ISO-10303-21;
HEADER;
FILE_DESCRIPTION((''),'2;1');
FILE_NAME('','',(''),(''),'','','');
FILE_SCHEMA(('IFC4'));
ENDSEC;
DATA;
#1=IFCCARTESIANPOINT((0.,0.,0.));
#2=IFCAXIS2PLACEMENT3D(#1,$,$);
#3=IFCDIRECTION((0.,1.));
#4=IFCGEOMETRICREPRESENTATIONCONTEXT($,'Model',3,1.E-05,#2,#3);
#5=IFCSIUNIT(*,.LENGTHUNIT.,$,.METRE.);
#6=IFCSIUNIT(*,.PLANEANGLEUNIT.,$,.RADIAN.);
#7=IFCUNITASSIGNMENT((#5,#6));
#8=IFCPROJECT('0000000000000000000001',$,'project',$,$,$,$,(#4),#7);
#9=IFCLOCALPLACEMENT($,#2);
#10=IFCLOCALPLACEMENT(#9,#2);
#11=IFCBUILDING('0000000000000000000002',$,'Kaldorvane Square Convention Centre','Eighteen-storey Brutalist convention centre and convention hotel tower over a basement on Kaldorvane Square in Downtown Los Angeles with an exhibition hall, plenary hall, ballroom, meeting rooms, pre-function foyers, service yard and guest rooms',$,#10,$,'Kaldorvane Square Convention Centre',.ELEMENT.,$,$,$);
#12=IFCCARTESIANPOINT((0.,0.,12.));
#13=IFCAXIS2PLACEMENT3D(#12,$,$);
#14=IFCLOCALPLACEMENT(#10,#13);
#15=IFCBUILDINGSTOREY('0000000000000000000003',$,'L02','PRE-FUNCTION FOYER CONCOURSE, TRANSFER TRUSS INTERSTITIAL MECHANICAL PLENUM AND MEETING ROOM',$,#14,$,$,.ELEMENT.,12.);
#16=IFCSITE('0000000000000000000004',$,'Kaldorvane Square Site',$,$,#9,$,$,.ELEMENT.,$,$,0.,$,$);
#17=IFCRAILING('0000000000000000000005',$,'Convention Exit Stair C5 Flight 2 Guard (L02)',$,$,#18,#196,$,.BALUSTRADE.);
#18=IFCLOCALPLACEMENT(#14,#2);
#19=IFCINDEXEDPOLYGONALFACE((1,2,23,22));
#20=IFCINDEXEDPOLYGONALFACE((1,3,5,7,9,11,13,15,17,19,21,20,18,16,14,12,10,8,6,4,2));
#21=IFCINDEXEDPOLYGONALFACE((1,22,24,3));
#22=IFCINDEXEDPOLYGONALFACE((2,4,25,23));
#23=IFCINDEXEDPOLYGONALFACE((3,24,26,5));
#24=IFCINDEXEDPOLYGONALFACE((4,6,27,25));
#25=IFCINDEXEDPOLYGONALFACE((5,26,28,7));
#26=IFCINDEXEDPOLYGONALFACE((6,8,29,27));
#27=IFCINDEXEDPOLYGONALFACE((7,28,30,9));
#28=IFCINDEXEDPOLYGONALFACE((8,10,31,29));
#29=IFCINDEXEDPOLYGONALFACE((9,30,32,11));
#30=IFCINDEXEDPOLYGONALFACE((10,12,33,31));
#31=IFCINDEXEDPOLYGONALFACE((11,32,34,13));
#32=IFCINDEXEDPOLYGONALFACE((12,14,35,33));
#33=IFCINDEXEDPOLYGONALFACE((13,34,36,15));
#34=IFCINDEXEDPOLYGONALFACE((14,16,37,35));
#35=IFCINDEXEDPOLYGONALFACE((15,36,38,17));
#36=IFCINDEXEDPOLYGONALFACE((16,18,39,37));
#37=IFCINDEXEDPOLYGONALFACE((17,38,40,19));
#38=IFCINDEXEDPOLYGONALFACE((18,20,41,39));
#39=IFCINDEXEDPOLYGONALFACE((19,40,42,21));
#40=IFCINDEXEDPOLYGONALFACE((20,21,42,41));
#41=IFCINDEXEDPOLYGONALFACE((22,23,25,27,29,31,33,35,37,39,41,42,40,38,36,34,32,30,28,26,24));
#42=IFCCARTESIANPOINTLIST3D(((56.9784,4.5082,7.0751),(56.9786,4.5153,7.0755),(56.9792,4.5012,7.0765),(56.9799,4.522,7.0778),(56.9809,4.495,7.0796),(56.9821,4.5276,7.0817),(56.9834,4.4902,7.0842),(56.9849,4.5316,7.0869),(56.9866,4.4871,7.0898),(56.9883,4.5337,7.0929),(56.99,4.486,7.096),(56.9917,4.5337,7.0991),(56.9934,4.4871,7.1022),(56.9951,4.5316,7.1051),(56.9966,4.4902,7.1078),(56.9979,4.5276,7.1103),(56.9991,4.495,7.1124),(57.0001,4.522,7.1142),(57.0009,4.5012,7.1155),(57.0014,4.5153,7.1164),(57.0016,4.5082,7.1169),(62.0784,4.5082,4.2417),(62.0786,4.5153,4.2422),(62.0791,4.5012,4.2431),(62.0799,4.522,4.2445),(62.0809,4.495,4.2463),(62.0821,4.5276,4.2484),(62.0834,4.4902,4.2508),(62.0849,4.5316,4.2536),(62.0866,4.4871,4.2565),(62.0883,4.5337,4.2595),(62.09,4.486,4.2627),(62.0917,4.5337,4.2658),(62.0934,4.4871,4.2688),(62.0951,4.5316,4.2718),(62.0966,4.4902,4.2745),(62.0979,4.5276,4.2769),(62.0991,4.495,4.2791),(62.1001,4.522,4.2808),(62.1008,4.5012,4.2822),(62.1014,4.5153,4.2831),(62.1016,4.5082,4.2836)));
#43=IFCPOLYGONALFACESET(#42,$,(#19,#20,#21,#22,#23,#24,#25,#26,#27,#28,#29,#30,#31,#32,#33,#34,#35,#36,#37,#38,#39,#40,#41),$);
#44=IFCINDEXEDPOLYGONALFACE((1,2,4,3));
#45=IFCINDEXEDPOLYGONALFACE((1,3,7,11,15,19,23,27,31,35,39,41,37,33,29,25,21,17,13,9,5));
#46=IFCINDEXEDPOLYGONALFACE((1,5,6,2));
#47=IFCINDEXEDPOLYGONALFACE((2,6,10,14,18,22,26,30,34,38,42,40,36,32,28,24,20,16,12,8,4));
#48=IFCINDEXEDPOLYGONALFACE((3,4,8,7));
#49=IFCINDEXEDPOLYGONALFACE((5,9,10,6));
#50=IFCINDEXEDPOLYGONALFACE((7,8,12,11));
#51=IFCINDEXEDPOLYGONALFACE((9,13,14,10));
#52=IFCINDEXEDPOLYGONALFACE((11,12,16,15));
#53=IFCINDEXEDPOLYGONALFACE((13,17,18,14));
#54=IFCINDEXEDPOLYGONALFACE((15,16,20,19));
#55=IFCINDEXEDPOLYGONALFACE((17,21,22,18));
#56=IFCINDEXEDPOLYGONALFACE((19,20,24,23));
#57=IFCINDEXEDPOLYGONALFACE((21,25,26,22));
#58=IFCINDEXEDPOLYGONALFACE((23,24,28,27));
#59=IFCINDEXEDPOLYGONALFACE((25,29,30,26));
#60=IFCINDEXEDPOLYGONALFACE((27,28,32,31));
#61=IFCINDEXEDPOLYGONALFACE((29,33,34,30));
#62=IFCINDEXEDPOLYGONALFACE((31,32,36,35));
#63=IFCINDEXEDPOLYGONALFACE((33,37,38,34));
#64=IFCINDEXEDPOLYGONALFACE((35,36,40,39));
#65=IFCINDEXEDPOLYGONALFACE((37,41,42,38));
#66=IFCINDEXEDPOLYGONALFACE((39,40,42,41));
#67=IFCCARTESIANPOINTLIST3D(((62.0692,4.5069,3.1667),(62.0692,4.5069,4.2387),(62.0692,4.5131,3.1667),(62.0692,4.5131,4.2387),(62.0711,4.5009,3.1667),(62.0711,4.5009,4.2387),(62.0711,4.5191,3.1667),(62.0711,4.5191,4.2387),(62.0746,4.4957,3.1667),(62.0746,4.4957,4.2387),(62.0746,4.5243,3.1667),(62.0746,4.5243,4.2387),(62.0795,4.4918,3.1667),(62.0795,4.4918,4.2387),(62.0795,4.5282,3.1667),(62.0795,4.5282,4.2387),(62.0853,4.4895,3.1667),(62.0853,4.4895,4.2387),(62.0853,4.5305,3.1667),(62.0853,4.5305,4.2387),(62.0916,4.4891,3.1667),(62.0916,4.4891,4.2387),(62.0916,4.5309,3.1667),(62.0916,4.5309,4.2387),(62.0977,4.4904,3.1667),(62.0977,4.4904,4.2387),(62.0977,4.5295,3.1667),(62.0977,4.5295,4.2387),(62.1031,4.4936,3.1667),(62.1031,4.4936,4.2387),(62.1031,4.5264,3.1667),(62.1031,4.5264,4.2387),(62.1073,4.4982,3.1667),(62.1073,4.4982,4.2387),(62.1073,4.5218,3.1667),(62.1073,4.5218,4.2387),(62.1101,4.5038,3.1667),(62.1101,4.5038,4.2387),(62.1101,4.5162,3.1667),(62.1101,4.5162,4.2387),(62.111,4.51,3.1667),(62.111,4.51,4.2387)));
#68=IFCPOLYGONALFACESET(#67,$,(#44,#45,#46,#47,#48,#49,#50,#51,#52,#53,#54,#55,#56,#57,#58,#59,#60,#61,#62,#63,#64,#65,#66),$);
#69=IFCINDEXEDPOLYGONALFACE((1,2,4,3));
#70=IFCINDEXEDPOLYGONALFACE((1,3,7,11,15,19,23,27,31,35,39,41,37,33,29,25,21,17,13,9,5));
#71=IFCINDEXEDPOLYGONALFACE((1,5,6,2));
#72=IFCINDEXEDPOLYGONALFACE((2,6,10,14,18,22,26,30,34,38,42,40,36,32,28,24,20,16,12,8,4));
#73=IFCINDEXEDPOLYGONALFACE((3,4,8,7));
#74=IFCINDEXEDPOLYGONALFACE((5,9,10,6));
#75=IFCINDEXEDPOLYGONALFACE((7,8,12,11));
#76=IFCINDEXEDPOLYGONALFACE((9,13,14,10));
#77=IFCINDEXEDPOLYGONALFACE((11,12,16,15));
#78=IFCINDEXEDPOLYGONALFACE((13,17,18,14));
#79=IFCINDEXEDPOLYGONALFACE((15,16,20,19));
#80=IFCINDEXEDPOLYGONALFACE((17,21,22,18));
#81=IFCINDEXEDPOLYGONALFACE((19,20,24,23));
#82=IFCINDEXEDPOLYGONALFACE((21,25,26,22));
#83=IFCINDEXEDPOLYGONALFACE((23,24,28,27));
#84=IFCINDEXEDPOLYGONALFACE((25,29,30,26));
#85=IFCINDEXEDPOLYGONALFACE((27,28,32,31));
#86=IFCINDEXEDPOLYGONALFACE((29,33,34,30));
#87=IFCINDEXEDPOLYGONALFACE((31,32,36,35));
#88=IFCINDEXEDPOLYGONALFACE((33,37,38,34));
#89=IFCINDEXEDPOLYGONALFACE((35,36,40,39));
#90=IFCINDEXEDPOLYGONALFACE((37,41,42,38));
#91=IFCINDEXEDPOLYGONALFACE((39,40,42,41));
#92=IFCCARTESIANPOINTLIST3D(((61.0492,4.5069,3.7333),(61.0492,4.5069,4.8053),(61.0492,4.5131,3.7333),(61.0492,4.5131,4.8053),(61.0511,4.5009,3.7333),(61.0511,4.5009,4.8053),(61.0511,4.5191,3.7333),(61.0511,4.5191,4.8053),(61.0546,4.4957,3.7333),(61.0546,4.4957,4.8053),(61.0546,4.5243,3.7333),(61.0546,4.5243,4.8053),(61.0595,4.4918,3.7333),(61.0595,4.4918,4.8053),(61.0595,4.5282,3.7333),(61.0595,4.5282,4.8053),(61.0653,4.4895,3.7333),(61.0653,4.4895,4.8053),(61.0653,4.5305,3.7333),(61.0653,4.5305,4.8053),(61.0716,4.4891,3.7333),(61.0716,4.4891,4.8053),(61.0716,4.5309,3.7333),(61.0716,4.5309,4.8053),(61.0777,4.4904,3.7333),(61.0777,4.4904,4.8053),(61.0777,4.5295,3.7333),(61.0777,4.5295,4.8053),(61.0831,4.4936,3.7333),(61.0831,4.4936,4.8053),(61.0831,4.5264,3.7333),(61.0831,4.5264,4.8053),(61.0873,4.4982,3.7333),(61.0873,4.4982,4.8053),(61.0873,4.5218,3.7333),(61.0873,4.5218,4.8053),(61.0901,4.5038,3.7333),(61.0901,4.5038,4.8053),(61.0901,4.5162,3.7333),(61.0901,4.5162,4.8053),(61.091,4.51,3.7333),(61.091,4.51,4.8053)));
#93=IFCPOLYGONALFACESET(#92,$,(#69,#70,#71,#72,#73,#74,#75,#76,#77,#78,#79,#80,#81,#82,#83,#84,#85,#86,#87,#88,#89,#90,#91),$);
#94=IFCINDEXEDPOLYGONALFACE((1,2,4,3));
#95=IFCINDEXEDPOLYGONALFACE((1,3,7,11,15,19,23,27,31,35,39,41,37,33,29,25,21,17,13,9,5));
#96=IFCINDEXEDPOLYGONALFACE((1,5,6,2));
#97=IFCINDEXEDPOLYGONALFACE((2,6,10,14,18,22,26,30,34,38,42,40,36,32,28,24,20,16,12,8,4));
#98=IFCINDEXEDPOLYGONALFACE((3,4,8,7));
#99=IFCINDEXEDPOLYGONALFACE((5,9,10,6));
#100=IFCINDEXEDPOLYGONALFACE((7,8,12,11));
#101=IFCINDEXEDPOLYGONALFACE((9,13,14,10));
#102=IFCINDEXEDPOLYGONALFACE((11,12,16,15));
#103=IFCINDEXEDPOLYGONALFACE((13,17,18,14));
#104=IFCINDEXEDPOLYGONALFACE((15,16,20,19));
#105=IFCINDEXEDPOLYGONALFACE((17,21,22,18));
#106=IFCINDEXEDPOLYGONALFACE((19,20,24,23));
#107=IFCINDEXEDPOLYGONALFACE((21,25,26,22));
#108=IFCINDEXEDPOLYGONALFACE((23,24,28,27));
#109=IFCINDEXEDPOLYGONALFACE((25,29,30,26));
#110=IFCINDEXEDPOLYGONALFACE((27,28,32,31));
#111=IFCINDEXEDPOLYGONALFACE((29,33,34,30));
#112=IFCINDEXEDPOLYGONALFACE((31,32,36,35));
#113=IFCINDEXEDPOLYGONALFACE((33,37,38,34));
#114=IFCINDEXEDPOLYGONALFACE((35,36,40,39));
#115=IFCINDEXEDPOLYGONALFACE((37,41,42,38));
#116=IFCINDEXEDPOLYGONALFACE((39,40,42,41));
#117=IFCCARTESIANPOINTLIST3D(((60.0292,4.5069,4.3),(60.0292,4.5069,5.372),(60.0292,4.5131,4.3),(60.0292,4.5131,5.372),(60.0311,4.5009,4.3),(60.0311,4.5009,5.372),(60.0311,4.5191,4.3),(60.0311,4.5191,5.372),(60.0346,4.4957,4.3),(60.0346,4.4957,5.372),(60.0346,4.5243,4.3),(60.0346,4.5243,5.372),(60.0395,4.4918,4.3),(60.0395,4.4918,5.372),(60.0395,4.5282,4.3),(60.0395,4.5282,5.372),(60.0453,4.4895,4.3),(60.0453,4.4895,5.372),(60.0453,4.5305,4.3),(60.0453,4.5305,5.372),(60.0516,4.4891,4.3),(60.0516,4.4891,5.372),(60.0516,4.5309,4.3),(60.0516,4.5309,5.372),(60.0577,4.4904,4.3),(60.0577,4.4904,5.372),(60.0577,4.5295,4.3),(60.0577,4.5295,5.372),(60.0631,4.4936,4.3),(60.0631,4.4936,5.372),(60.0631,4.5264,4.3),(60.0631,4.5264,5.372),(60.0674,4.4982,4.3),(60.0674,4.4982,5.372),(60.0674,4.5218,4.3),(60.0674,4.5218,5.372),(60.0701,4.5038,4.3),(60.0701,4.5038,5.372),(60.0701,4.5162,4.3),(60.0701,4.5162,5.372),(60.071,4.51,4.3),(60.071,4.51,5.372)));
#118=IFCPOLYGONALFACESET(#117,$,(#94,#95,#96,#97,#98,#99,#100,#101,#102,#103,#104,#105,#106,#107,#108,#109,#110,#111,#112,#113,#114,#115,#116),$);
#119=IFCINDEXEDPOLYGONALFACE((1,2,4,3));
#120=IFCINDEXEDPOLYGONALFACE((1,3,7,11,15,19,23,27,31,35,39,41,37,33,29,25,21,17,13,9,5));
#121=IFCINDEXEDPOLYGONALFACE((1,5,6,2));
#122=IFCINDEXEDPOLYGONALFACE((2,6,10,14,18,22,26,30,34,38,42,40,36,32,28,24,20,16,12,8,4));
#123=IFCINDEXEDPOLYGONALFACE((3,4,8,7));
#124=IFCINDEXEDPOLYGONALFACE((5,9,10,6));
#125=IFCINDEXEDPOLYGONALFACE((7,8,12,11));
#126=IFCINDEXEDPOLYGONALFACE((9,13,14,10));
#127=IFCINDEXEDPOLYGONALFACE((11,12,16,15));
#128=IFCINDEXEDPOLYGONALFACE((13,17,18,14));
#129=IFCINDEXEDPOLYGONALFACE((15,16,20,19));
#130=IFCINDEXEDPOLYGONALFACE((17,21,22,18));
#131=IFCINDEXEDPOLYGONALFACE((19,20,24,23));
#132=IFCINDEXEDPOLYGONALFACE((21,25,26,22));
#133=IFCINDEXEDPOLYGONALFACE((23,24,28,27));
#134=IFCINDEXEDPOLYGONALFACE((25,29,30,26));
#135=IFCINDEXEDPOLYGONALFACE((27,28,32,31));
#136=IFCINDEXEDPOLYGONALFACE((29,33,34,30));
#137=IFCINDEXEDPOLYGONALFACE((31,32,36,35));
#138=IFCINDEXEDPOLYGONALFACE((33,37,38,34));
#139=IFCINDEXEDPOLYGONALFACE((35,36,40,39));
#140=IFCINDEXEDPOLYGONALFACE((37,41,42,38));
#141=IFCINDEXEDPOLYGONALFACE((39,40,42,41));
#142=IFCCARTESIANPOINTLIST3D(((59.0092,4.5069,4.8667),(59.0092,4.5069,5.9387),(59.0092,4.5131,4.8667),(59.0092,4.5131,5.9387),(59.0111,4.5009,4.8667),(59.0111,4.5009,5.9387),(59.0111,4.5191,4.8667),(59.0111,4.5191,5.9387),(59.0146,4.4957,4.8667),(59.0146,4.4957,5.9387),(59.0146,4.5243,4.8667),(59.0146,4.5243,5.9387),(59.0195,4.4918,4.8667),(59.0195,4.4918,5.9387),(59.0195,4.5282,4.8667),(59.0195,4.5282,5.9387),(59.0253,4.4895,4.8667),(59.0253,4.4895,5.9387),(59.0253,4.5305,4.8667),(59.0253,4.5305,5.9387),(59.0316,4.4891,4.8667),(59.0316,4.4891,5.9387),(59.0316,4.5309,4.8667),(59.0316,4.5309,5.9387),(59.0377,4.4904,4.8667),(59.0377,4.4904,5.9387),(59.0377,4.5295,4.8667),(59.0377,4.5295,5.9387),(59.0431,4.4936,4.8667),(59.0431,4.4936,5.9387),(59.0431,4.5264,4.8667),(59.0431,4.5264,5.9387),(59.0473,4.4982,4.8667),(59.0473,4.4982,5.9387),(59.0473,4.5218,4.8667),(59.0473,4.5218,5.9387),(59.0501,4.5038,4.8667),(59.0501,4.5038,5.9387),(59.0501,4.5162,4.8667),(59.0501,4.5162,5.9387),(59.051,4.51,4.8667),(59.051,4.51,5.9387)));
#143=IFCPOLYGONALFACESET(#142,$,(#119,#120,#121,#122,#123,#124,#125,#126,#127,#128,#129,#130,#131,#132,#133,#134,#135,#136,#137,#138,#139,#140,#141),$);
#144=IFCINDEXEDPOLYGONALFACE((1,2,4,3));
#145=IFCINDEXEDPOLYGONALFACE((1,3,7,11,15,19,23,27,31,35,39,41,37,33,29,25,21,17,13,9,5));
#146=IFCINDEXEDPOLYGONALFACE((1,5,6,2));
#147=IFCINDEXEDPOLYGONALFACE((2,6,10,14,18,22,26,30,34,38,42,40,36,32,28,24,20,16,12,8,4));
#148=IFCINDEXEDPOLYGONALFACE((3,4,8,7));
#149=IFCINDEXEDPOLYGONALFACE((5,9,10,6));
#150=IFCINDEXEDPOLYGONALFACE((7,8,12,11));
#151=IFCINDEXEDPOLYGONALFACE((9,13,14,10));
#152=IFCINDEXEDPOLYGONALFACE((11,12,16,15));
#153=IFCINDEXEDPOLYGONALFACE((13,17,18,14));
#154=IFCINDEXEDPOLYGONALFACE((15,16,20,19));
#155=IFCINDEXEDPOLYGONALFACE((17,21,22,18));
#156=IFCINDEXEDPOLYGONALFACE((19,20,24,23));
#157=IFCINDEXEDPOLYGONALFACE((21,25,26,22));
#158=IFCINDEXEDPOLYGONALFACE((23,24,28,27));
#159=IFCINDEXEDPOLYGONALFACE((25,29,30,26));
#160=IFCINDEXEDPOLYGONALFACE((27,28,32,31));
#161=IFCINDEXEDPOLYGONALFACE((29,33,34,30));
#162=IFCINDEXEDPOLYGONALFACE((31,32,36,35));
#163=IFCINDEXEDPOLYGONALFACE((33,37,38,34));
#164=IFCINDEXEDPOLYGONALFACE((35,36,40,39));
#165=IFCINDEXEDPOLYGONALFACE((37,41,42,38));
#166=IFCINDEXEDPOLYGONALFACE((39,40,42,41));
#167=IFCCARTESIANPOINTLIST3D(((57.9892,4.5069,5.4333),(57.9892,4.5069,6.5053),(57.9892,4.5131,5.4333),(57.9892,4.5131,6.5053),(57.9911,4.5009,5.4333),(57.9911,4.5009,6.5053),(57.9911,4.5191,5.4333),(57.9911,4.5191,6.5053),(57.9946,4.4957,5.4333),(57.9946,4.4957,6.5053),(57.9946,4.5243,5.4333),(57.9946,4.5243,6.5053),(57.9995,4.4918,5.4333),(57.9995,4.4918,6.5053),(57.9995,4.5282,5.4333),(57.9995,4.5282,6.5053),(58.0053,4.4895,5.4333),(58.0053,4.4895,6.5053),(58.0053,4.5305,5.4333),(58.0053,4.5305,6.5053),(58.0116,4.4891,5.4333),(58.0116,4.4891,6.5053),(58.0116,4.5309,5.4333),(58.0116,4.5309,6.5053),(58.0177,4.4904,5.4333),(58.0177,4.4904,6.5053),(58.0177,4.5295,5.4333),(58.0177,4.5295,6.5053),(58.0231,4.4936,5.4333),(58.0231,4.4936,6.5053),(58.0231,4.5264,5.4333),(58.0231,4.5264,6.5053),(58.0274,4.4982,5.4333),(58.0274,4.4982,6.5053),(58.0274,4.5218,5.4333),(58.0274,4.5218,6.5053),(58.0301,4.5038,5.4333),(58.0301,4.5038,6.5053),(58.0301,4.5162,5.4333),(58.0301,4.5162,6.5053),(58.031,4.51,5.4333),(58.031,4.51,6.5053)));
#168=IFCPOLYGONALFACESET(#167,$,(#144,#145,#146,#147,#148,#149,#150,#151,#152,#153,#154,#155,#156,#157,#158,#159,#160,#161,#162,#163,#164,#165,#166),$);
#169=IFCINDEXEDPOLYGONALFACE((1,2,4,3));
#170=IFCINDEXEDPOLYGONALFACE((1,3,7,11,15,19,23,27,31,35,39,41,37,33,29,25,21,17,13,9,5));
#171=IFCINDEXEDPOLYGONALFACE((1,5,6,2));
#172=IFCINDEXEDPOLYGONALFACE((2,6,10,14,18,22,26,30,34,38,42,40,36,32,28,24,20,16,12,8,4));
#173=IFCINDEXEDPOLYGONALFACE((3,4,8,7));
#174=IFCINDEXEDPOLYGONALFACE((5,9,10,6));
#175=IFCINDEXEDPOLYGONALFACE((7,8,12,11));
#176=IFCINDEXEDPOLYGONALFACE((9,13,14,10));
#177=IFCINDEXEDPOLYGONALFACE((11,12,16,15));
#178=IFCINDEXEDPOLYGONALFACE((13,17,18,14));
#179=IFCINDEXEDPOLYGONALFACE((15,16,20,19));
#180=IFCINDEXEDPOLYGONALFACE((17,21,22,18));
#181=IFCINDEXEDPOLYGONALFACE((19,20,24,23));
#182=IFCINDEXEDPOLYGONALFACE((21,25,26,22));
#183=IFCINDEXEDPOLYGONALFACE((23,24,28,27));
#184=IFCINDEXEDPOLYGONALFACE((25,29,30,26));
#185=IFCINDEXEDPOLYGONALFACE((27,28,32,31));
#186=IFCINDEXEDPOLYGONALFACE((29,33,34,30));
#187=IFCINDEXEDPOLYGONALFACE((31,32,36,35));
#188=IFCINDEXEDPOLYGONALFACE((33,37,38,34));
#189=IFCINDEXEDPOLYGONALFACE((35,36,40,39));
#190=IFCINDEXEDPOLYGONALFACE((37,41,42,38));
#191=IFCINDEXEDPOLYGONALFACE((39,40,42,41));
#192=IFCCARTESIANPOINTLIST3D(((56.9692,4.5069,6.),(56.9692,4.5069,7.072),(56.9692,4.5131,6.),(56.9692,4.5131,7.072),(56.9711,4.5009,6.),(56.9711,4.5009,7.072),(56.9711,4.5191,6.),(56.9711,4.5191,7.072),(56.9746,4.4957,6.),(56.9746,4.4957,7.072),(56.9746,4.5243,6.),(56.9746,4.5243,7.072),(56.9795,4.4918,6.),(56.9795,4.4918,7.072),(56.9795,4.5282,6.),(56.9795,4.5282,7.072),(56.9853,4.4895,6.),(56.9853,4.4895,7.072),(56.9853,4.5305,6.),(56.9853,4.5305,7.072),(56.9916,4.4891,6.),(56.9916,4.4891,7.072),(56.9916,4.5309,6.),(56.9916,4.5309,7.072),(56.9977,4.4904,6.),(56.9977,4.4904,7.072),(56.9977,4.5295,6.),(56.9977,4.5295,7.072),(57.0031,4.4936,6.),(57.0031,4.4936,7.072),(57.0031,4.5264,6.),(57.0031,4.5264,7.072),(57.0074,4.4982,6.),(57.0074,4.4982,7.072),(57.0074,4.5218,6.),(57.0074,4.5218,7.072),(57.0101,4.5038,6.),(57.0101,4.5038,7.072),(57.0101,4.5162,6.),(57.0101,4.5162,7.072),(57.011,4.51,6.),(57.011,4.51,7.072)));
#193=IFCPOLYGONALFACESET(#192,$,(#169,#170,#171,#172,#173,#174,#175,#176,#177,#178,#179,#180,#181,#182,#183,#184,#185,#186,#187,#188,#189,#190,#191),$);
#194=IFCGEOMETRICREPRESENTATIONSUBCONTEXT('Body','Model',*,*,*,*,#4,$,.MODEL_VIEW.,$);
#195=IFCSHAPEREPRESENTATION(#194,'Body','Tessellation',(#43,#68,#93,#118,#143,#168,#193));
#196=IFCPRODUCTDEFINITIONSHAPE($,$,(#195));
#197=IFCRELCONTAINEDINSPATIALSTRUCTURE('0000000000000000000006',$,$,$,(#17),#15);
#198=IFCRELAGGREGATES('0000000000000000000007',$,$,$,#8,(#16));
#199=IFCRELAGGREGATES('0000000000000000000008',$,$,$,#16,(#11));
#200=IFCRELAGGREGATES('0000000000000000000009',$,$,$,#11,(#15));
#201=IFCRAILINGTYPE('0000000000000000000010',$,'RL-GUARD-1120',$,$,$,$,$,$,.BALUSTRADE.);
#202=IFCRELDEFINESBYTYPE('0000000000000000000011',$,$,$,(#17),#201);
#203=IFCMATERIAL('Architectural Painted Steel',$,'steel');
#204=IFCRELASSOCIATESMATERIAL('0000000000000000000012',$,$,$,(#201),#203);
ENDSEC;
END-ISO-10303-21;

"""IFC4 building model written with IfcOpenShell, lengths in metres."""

from ifc_helpers import new_model, si_unit, direction, frame, origin, origin_2d, place, context, subcontext, project, spatial, circle, extrude, material, type_object, element, save


model = new_model("IFC4")

# Units and contexts
model_context = context("Model", 3, precision=1e-05, world=origin(), true_north=direction((0.0, 1.0)))
body_context = subcontext(model_context, "Body", "Model", "MODEL_VIEW")
ifc_project = project(units=[si_unit("LENGTHUNIT", "METRE"), si_unit("PLANEANGLEUNIT", "RADIAN")], contexts=[model_context])

# Site, building, storey
site_placement = place(None, origin())
site = spatial("IfcSite", under=ifc_project, at=site_placement, Name="Kaldorvane Square Site", CompositionType="ELEMENT", RefElevation=0.0)
building_placement = place(site_placement, origin())
building = spatial("IfcBuilding", under=site, at=building_placement, Name="Kaldorvane Square Convention Centre", Description="Eighteen-storey Brutalist convention centre and convention hotel tower over a basement on Kaldorvane Square in Downtown Los Angeles with an exhibition hall, plenary hall, ballroom, meeting rooms, pre-function foyers, service yard and guest rooms", LongName="Kaldorvane Square Convention Centre", CompositionType="ELEMENT")
storey_placement = place(building_placement, frame((0.0, 0.0, 12.0)))
storey = spatial("IfcBuildingStorey", under=building, at=storey_placement, Name="L02", Description="PRE-FUNCTION FOYER CONCOURSE, TRANSFER TRUSS INTERSTITIAL MECHANICAL PLENUM AND MEETING ROOM", CompositionType="ELEMENT", Elevation=12.0)

# Railing
ifc_material_1 = material(Name="Architectural Painted Steel", Category="steel")
railing_type_1 = type_object("IfcRailingType", Name="RL-GUARD-1120", PredefinedType="BALUSTRADE", material=ifc_material_1)
railing_1_placement = place(storey_placement, frame((62.09, 4.51, 3.1667)))
element("IfcRailing", 1, at=railing_1_placement, inside=storey, type_object=railing_type_1, Name="Convention Exit Stair C5 Flight 2 Guard (L02)", PredefinedType="BALUSTRADE", context=body_context, shape_type="SweptSolid", body=[
    extrude(circle(Radius=0.024, at=origin_2d()), frame((0.0, 0.0, 1.096), z_axis=(-0.874157, 0.0, 0.485643), x_axis=(0.0, -1.0, 0.0)), (0.0, 0.0, 1.0), 5.8342),
    extrude(circle(Radius=0.021, at=origin_2d()), origin(), (0.0, 0.0, 1.0), 1.072),
    extrude(circle(Radius=0.021, at=origin_2d()), frame((-1.02, 0.0, 0.5667)), (0.0, 0.0, 1.0), 1.072),
    extrude(circle(Radius=0.021, at=origin_2d()), frame((-2.04, 0.0, 1.1333)), (0.0, 0.0, 1.0), 1.072),
    extrude(circle(Radius=0.021, at=origin_2d()), frame((-3.06, 0.0, 1.7)), (0.0, 0.0, 1.0), 1.072),
    extrude(circle(Radius=0.021, at=origin_2d()), frame((-4.08, 0.0, 2.2667)), (0.0, 0.0, 1.0), 1.072),
    extrude(circle(Radius=0.021, at=origin_2d()), frame((-5.1, 0.0, 2.8333)), (0.0, 0.0, 1.0), 1.072),
])

save(model, "model.ifc")
